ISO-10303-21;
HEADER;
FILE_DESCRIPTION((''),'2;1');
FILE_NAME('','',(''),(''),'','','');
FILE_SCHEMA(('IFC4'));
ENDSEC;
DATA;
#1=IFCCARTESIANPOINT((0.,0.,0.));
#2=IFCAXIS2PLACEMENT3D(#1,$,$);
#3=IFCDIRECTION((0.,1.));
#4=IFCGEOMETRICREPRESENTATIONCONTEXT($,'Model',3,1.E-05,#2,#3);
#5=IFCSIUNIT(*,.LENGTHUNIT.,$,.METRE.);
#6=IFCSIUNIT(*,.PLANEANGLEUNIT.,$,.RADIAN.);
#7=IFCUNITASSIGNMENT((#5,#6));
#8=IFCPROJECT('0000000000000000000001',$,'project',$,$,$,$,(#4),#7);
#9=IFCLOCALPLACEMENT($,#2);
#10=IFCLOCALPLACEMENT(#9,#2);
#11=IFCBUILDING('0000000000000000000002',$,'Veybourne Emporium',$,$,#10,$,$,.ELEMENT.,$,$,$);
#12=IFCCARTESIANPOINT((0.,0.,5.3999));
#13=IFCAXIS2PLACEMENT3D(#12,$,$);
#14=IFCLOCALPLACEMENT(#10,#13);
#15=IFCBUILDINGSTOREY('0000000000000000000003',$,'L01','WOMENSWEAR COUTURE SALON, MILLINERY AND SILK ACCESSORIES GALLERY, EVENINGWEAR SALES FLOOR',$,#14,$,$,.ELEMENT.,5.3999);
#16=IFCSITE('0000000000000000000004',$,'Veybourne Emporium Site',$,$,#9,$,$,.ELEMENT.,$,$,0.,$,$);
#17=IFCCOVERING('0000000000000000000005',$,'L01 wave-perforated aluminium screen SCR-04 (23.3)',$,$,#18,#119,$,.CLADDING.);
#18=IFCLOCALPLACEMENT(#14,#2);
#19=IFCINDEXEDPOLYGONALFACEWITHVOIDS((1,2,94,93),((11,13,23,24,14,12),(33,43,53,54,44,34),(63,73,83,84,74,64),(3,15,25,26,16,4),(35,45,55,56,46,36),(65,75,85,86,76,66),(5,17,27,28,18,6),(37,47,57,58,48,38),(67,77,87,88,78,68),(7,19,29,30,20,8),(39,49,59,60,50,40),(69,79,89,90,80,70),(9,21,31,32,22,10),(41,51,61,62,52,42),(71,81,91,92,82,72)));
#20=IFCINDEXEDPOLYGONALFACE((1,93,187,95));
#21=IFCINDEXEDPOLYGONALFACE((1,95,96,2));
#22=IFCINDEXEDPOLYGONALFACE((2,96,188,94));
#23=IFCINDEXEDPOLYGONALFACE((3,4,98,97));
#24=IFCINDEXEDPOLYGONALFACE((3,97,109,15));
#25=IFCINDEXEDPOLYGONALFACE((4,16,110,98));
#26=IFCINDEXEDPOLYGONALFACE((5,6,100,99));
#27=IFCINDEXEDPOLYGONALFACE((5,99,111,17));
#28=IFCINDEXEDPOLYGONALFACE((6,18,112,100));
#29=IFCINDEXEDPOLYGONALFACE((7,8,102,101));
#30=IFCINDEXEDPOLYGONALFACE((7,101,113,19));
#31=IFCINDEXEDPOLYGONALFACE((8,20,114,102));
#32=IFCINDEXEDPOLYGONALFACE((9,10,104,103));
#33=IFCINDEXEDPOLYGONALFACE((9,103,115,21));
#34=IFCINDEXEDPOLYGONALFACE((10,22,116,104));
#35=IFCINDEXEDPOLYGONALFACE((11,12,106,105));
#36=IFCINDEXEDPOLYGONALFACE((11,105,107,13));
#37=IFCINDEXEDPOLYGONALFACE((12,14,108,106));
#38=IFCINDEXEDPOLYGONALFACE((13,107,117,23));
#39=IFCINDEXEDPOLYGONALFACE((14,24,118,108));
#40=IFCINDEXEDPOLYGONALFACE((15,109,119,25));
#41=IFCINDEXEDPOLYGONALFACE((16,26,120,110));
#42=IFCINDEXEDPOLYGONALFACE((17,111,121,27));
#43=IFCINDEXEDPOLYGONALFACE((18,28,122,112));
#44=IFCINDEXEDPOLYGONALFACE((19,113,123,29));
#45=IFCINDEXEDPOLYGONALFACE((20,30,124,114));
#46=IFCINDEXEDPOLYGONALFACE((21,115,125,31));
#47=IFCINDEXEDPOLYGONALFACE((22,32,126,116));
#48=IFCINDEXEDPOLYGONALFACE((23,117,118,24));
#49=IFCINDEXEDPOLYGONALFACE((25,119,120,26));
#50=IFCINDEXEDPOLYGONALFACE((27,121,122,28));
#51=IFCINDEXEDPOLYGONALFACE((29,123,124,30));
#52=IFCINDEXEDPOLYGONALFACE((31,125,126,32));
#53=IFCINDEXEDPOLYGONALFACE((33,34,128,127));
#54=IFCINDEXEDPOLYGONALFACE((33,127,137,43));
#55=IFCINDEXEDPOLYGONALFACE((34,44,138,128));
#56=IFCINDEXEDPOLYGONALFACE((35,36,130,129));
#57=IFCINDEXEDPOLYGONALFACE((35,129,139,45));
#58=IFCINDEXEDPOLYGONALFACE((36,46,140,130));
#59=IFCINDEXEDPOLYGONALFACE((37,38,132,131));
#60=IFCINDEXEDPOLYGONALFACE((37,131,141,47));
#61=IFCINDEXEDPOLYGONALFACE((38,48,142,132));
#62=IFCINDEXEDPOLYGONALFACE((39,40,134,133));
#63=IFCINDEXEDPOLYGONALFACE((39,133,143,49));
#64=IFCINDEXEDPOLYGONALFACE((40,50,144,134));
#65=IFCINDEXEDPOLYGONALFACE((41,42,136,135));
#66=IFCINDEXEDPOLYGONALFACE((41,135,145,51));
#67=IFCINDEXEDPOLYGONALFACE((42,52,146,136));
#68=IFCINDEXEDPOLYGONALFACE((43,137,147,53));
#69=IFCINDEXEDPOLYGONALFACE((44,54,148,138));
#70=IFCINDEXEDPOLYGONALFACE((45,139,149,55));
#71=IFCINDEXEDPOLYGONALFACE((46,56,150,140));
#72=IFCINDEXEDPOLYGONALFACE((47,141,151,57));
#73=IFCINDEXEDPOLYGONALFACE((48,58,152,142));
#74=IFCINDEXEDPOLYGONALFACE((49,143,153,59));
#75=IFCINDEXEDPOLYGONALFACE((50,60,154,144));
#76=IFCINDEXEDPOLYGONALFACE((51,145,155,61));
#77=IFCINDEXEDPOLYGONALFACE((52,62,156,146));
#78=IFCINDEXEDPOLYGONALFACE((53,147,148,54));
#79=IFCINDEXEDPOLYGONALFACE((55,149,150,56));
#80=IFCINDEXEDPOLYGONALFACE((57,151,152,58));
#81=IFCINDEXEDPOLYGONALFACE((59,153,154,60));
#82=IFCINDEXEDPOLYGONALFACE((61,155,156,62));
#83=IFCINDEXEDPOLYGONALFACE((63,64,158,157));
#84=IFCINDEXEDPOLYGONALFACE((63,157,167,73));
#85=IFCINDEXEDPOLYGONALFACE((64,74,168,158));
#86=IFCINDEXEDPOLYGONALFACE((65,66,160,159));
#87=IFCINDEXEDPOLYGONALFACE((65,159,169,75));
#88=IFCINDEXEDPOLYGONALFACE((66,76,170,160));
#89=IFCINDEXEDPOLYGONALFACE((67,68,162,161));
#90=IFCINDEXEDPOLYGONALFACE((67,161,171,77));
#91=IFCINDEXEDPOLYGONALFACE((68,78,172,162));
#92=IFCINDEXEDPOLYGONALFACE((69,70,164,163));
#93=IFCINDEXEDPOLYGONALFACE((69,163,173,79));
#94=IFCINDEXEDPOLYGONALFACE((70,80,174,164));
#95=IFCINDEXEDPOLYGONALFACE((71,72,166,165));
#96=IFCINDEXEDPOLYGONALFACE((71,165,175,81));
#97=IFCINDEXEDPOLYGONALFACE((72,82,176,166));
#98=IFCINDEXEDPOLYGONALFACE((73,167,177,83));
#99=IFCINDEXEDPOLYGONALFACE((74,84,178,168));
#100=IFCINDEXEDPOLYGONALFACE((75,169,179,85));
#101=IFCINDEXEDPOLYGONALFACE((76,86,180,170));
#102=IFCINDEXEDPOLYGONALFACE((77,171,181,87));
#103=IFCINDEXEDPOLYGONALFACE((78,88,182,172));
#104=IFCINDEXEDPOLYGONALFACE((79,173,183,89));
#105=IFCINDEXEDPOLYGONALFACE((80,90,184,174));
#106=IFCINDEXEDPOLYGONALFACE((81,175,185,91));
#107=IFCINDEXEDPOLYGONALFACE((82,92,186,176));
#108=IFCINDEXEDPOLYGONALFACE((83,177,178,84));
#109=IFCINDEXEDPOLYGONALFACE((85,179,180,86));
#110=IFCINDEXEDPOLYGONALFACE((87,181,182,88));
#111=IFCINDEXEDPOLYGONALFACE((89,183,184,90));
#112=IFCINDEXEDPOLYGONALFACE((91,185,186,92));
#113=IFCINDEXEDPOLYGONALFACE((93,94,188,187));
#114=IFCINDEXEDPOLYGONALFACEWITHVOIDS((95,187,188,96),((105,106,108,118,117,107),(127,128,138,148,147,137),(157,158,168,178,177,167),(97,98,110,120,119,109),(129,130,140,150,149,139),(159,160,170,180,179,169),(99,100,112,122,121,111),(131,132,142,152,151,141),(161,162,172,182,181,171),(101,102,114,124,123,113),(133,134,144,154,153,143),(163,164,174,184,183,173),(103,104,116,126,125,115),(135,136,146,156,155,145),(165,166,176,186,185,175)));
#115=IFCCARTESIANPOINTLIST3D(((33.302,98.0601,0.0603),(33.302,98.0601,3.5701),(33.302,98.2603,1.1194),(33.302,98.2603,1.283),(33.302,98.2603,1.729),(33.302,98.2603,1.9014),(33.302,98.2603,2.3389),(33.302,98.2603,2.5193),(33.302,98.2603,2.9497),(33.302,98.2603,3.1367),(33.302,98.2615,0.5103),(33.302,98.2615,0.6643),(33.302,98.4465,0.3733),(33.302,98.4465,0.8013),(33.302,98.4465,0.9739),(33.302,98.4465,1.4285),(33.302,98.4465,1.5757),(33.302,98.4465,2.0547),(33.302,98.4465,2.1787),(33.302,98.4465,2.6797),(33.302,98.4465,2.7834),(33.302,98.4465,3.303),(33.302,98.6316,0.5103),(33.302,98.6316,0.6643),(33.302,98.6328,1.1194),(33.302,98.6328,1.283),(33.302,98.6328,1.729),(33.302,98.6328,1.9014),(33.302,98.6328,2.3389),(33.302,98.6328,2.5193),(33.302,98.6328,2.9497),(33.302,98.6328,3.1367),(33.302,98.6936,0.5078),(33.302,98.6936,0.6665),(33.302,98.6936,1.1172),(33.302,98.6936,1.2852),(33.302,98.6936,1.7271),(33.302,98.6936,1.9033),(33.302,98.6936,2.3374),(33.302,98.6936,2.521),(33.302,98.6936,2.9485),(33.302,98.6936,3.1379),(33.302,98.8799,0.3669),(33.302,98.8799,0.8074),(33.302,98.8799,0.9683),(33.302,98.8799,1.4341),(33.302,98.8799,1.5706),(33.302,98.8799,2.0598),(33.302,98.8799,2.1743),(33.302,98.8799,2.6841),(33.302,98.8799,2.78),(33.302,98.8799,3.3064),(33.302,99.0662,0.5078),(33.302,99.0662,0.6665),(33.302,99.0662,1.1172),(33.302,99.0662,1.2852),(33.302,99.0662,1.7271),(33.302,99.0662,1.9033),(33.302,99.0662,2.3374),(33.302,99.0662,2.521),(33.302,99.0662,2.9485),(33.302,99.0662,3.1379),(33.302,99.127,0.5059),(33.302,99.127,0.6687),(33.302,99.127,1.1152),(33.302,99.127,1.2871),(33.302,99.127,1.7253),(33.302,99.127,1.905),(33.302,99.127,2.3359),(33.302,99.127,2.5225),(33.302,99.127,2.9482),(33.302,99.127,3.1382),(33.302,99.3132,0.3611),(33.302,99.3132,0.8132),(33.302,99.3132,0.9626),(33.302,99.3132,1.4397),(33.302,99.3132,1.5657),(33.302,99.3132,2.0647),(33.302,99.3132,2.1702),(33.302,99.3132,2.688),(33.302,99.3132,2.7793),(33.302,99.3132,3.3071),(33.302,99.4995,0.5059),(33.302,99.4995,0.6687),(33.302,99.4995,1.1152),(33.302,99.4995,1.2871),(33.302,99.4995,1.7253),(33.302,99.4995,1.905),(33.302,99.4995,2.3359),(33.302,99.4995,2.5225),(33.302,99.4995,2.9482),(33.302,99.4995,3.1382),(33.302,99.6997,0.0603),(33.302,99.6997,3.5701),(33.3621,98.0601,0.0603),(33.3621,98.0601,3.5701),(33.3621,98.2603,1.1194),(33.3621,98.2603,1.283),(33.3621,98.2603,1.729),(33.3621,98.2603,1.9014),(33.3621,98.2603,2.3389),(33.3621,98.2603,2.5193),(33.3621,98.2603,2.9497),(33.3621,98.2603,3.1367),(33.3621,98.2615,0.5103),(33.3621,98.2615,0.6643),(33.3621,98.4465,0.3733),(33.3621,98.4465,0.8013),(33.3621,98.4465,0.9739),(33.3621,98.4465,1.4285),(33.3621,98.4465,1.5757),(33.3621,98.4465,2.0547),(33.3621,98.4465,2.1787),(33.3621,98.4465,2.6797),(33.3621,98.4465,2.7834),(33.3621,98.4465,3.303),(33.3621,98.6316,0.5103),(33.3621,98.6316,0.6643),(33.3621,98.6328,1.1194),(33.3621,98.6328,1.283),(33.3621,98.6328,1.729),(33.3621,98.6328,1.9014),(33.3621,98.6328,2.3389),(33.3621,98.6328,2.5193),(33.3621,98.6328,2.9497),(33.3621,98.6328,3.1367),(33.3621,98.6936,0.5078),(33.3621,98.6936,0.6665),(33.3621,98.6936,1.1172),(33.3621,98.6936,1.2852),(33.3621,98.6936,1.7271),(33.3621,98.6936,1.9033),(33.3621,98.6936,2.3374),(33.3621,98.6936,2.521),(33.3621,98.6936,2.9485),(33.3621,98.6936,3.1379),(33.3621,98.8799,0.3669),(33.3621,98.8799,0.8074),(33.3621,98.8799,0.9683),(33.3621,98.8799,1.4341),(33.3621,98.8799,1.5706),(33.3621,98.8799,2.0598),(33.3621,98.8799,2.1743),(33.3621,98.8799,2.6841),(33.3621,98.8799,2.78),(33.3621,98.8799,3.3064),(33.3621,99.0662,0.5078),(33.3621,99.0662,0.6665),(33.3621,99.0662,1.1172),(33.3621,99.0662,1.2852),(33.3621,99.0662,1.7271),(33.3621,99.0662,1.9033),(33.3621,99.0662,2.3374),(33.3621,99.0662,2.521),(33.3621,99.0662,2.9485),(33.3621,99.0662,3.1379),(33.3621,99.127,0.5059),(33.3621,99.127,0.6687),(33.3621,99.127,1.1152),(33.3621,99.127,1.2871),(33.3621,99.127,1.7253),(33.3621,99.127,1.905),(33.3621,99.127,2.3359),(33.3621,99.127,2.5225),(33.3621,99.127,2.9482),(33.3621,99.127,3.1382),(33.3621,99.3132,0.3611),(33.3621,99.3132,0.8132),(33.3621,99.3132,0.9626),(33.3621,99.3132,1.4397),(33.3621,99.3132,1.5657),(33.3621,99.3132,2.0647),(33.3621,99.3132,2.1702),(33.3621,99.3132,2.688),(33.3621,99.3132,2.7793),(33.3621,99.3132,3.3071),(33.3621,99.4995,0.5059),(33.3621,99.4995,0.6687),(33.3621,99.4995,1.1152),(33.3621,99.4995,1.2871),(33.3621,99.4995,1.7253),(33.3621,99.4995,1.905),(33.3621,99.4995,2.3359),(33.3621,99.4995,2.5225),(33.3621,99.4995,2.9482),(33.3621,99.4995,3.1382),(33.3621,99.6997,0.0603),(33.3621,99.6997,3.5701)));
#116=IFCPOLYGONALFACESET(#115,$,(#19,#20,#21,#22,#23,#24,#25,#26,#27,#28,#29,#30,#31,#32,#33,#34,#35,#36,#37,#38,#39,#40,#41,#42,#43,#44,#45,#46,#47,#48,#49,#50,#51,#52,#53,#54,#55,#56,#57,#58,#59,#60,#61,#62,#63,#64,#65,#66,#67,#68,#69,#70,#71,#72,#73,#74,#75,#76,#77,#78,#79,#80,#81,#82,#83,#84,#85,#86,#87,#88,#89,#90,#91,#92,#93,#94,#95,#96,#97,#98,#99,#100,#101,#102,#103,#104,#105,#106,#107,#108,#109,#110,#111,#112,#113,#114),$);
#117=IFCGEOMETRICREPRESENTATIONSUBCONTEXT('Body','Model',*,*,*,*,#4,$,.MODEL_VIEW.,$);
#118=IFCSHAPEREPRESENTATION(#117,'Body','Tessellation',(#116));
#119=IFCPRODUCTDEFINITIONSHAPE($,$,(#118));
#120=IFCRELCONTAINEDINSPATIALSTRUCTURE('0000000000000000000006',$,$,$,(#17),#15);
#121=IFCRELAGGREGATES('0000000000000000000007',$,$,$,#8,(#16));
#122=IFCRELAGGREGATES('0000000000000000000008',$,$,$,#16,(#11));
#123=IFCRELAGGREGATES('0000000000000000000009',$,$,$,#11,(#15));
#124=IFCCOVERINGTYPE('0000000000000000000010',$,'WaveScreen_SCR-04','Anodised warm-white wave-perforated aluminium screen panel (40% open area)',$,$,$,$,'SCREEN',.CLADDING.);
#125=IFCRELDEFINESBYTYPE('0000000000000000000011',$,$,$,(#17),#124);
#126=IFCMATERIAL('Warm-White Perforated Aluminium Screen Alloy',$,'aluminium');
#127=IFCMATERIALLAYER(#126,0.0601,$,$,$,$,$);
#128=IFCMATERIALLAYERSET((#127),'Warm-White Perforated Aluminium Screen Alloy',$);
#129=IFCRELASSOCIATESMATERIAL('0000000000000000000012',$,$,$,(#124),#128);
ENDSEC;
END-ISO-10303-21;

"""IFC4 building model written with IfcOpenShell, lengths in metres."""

from ifc_helpers import new_model, si_unit, direction, frame, origin, place, context, subcontext, project, spatial, polyline, outline, extrude, material, layer, layer_set, type_object, element, save


model = new_model("IFC4")

# Units and contexts
model_context = context("Model", 3, precision=1e-05, world=origin(), true_north=direction((0.0, 1.0)))
body_context = subcontext(model_context, "Body", "Model", "MODEL_VIEW")
ifc_project = project(units=[si_unit("LENGTHUNIT", "METRE"), si_unit("PLANEANGLEUNIT", "RADIAN")], contexts=[model_context])

# Site, building, storey
site_placement = place(None, origin())
site = spatial("IfcSite", under=ifc_project, at=site_placement, Name="Veybourne Emporium Site", CompositionType="ELEMENT", RefElevation=0.0)
building_placement = place(site_placement, origin())
building = spatial("IfcBuilding", under=site, at=building_placement, Name="Veybourne Emporium", CompositionType="ELEMENT")
storey_placement = place(building_placement, frame((0.0, 0.0, 5.3999)))
storey = spatial("IfcBuildingStorey", under=building, at=storey_placement, Name="L01", Description="WOMENSWEAR COUTURE SALON, MILLINERY AND SILK ACCESSORIES GALLERY, EVENINGWEAR SALES FLOOR", CompositionType="ELEMENT", Elevation=5.3999)

# Covering
ifc_material_1 = material(Name="Warm-White Perforated Aluminium Screen Alloy", Category="aluminium")
ifc_layer_1 = layer(ifc_material_1, 0.0601)
ifc_layer_set_1 = layer_set([ifc_layer_1], Name="Warm-White Perforated Aluminium Screen Alloy")
covering_type_1 = type_object("IfcCoveringType", Name="WaveScreen_SCR-04", Description="Anodised warm-white wave-perforated aluminium screen panel (40% open area)", ElementType="SCREEN", PredefinedType="CLADDING", material=ifc_layer_set_1)
covering_1_placement = place(storey_placement, frame((33.302, 98.8799, 1.8152), z_axis=(1.0, 0.0, 0.0), x_axis=(0.0, 1.0, 0.0)))
element("IfcCovering", 1, at=covering_1_placement, inside=storey, type_object=covering_type_1, Name="L01 wave-perforated aluminium screen SCR-04 (23.3)", PredefinedType="CLADDING", context=body_context, shape_type="SweptSolid", body=[
    extrude(outline(polyline([(-0.8198, -1.7549), (0.8198, -1.7549), (0.8198, 1.7549), (-0.8198, 1.7549), (-0.8198, -1.7549)]), holes=[polyline([(-0.4333, -1.0139), (-0.2483, -1.1509), (-0.2483, -1.3049), (-0.4333, -1.4419), (-0.6184, -1.3049), (-0.6184, -1.1509), (-0.4333, -1.0139)]), polyline([(-0.4333, -0.3867), (-0.2471, -0.5322), (-0.2471, -0.6958), (-0.4333, -0.8413), (-0.6196, -0.6958), (-0.6196, -0.5322), (-0.4333, -0.3867)]), polyline([(-0.4333, 0.2395), (-0.2471, 0.0862), (-0.2471, -0.0862), (-0.4333, -0.2395), (-0.6196, -0.0862), (-0.6196, 0.0862), (-0.4333, 0.2395)]), polyline([(-0.4333, 0.8645), (-0.2471, 0.7041), (-0.2471, 0.5237), (-0.4333, 0.3635), (-0.6196, 0.5237), (-0.6196, 0.7041), (-0.4333, 0.8645)]), polyline([(-0.4333, 1.4878), (-0.2471, 1.3215), (-0.2471, 1.1345), (-0.4333, 0.9683), (-0.6196, 1.1345), (-0.6196, 1.3215), (-0.4333, 1.4878)]), polyline([(0.0, -1.0078), (0.1863, -1.1487), (0.1863, -1.3074), (0.0, -1.4482), (-0.1863, -1.3074), (-0.1863, -1.1487), (0.0, -1.0078)]), polyline([(0.0, -0.3811), (0.1863, -0.53), (0.1863, -0.698), (0.0, -0.8469), (-0.1863, -0.698), (-0.1863, -0.53), (0.0, -0.3811)]), polyline([(0.0, 0.2446), (0.1863, 0.0881), (0.1863, -0.0881), (0.0, -0.2446), (-0.1863, -0.0881), (-0.1863, 0.0881), (0.0, 0.2446)]), polyline([(0.0, 0.8689), (0.1863, 0.7058), (0.1863, 0.5222), (0.0, 0.3591), (-0.1863, 0.5222), (-0.1863, 0.7058), (0.0, 0.8689)]), polyline([(0.0, 1.4912), (0.1863, 1.3228), (0.1863, 1.1333), (0.0, 0.9648), (-0.1863, 1.1333), (-0.1863, 1.3228), (0.0, 1.4912)]), polyline([(0.4333, -1.002), (0.6196, -1.1465), (0.6196, -1.3093), (0.4333, -1.4541), (0.2471, -1.3093), (0.2471, -1.1465), (0.4333, -1.002)]), polyline([(0.4333, -0.3755), (0.6196, -0.5281), (0.6196, -0.7), (0.4333, -0.8525), (0.2471, -0.7), (0.2471, -0.5281), (0.4333, -0.3755)]), polyline([(0.4333, 0.2495), (0.6196, 0.0898), (0.6196, -0.0898), (0.4333, -0.2495), (0.2471, -0.0898), (0.2471, 0.0898), (0.4333, 0.2495)]), polyline([(0.4333, 0.8728), (0.6196, 0.7073), (0.6196, 0.5208), (0.4333, 0.355), (0.2471, 0.5208), (0.2471, 0.7073), (0.4333, 0.8728)]), polyline([(0.4333, 1.4919), (0.6196, 1.323), (0.6196, 1.1331), (0.4333, 0.9641), (0.2471, 1.1331), (0.2471, 1.323), (0.4333, 1.4919)])]), origin(), (0.0, 0.0, 1.0), 0.0601),
])

save(model, "model.ifc")
